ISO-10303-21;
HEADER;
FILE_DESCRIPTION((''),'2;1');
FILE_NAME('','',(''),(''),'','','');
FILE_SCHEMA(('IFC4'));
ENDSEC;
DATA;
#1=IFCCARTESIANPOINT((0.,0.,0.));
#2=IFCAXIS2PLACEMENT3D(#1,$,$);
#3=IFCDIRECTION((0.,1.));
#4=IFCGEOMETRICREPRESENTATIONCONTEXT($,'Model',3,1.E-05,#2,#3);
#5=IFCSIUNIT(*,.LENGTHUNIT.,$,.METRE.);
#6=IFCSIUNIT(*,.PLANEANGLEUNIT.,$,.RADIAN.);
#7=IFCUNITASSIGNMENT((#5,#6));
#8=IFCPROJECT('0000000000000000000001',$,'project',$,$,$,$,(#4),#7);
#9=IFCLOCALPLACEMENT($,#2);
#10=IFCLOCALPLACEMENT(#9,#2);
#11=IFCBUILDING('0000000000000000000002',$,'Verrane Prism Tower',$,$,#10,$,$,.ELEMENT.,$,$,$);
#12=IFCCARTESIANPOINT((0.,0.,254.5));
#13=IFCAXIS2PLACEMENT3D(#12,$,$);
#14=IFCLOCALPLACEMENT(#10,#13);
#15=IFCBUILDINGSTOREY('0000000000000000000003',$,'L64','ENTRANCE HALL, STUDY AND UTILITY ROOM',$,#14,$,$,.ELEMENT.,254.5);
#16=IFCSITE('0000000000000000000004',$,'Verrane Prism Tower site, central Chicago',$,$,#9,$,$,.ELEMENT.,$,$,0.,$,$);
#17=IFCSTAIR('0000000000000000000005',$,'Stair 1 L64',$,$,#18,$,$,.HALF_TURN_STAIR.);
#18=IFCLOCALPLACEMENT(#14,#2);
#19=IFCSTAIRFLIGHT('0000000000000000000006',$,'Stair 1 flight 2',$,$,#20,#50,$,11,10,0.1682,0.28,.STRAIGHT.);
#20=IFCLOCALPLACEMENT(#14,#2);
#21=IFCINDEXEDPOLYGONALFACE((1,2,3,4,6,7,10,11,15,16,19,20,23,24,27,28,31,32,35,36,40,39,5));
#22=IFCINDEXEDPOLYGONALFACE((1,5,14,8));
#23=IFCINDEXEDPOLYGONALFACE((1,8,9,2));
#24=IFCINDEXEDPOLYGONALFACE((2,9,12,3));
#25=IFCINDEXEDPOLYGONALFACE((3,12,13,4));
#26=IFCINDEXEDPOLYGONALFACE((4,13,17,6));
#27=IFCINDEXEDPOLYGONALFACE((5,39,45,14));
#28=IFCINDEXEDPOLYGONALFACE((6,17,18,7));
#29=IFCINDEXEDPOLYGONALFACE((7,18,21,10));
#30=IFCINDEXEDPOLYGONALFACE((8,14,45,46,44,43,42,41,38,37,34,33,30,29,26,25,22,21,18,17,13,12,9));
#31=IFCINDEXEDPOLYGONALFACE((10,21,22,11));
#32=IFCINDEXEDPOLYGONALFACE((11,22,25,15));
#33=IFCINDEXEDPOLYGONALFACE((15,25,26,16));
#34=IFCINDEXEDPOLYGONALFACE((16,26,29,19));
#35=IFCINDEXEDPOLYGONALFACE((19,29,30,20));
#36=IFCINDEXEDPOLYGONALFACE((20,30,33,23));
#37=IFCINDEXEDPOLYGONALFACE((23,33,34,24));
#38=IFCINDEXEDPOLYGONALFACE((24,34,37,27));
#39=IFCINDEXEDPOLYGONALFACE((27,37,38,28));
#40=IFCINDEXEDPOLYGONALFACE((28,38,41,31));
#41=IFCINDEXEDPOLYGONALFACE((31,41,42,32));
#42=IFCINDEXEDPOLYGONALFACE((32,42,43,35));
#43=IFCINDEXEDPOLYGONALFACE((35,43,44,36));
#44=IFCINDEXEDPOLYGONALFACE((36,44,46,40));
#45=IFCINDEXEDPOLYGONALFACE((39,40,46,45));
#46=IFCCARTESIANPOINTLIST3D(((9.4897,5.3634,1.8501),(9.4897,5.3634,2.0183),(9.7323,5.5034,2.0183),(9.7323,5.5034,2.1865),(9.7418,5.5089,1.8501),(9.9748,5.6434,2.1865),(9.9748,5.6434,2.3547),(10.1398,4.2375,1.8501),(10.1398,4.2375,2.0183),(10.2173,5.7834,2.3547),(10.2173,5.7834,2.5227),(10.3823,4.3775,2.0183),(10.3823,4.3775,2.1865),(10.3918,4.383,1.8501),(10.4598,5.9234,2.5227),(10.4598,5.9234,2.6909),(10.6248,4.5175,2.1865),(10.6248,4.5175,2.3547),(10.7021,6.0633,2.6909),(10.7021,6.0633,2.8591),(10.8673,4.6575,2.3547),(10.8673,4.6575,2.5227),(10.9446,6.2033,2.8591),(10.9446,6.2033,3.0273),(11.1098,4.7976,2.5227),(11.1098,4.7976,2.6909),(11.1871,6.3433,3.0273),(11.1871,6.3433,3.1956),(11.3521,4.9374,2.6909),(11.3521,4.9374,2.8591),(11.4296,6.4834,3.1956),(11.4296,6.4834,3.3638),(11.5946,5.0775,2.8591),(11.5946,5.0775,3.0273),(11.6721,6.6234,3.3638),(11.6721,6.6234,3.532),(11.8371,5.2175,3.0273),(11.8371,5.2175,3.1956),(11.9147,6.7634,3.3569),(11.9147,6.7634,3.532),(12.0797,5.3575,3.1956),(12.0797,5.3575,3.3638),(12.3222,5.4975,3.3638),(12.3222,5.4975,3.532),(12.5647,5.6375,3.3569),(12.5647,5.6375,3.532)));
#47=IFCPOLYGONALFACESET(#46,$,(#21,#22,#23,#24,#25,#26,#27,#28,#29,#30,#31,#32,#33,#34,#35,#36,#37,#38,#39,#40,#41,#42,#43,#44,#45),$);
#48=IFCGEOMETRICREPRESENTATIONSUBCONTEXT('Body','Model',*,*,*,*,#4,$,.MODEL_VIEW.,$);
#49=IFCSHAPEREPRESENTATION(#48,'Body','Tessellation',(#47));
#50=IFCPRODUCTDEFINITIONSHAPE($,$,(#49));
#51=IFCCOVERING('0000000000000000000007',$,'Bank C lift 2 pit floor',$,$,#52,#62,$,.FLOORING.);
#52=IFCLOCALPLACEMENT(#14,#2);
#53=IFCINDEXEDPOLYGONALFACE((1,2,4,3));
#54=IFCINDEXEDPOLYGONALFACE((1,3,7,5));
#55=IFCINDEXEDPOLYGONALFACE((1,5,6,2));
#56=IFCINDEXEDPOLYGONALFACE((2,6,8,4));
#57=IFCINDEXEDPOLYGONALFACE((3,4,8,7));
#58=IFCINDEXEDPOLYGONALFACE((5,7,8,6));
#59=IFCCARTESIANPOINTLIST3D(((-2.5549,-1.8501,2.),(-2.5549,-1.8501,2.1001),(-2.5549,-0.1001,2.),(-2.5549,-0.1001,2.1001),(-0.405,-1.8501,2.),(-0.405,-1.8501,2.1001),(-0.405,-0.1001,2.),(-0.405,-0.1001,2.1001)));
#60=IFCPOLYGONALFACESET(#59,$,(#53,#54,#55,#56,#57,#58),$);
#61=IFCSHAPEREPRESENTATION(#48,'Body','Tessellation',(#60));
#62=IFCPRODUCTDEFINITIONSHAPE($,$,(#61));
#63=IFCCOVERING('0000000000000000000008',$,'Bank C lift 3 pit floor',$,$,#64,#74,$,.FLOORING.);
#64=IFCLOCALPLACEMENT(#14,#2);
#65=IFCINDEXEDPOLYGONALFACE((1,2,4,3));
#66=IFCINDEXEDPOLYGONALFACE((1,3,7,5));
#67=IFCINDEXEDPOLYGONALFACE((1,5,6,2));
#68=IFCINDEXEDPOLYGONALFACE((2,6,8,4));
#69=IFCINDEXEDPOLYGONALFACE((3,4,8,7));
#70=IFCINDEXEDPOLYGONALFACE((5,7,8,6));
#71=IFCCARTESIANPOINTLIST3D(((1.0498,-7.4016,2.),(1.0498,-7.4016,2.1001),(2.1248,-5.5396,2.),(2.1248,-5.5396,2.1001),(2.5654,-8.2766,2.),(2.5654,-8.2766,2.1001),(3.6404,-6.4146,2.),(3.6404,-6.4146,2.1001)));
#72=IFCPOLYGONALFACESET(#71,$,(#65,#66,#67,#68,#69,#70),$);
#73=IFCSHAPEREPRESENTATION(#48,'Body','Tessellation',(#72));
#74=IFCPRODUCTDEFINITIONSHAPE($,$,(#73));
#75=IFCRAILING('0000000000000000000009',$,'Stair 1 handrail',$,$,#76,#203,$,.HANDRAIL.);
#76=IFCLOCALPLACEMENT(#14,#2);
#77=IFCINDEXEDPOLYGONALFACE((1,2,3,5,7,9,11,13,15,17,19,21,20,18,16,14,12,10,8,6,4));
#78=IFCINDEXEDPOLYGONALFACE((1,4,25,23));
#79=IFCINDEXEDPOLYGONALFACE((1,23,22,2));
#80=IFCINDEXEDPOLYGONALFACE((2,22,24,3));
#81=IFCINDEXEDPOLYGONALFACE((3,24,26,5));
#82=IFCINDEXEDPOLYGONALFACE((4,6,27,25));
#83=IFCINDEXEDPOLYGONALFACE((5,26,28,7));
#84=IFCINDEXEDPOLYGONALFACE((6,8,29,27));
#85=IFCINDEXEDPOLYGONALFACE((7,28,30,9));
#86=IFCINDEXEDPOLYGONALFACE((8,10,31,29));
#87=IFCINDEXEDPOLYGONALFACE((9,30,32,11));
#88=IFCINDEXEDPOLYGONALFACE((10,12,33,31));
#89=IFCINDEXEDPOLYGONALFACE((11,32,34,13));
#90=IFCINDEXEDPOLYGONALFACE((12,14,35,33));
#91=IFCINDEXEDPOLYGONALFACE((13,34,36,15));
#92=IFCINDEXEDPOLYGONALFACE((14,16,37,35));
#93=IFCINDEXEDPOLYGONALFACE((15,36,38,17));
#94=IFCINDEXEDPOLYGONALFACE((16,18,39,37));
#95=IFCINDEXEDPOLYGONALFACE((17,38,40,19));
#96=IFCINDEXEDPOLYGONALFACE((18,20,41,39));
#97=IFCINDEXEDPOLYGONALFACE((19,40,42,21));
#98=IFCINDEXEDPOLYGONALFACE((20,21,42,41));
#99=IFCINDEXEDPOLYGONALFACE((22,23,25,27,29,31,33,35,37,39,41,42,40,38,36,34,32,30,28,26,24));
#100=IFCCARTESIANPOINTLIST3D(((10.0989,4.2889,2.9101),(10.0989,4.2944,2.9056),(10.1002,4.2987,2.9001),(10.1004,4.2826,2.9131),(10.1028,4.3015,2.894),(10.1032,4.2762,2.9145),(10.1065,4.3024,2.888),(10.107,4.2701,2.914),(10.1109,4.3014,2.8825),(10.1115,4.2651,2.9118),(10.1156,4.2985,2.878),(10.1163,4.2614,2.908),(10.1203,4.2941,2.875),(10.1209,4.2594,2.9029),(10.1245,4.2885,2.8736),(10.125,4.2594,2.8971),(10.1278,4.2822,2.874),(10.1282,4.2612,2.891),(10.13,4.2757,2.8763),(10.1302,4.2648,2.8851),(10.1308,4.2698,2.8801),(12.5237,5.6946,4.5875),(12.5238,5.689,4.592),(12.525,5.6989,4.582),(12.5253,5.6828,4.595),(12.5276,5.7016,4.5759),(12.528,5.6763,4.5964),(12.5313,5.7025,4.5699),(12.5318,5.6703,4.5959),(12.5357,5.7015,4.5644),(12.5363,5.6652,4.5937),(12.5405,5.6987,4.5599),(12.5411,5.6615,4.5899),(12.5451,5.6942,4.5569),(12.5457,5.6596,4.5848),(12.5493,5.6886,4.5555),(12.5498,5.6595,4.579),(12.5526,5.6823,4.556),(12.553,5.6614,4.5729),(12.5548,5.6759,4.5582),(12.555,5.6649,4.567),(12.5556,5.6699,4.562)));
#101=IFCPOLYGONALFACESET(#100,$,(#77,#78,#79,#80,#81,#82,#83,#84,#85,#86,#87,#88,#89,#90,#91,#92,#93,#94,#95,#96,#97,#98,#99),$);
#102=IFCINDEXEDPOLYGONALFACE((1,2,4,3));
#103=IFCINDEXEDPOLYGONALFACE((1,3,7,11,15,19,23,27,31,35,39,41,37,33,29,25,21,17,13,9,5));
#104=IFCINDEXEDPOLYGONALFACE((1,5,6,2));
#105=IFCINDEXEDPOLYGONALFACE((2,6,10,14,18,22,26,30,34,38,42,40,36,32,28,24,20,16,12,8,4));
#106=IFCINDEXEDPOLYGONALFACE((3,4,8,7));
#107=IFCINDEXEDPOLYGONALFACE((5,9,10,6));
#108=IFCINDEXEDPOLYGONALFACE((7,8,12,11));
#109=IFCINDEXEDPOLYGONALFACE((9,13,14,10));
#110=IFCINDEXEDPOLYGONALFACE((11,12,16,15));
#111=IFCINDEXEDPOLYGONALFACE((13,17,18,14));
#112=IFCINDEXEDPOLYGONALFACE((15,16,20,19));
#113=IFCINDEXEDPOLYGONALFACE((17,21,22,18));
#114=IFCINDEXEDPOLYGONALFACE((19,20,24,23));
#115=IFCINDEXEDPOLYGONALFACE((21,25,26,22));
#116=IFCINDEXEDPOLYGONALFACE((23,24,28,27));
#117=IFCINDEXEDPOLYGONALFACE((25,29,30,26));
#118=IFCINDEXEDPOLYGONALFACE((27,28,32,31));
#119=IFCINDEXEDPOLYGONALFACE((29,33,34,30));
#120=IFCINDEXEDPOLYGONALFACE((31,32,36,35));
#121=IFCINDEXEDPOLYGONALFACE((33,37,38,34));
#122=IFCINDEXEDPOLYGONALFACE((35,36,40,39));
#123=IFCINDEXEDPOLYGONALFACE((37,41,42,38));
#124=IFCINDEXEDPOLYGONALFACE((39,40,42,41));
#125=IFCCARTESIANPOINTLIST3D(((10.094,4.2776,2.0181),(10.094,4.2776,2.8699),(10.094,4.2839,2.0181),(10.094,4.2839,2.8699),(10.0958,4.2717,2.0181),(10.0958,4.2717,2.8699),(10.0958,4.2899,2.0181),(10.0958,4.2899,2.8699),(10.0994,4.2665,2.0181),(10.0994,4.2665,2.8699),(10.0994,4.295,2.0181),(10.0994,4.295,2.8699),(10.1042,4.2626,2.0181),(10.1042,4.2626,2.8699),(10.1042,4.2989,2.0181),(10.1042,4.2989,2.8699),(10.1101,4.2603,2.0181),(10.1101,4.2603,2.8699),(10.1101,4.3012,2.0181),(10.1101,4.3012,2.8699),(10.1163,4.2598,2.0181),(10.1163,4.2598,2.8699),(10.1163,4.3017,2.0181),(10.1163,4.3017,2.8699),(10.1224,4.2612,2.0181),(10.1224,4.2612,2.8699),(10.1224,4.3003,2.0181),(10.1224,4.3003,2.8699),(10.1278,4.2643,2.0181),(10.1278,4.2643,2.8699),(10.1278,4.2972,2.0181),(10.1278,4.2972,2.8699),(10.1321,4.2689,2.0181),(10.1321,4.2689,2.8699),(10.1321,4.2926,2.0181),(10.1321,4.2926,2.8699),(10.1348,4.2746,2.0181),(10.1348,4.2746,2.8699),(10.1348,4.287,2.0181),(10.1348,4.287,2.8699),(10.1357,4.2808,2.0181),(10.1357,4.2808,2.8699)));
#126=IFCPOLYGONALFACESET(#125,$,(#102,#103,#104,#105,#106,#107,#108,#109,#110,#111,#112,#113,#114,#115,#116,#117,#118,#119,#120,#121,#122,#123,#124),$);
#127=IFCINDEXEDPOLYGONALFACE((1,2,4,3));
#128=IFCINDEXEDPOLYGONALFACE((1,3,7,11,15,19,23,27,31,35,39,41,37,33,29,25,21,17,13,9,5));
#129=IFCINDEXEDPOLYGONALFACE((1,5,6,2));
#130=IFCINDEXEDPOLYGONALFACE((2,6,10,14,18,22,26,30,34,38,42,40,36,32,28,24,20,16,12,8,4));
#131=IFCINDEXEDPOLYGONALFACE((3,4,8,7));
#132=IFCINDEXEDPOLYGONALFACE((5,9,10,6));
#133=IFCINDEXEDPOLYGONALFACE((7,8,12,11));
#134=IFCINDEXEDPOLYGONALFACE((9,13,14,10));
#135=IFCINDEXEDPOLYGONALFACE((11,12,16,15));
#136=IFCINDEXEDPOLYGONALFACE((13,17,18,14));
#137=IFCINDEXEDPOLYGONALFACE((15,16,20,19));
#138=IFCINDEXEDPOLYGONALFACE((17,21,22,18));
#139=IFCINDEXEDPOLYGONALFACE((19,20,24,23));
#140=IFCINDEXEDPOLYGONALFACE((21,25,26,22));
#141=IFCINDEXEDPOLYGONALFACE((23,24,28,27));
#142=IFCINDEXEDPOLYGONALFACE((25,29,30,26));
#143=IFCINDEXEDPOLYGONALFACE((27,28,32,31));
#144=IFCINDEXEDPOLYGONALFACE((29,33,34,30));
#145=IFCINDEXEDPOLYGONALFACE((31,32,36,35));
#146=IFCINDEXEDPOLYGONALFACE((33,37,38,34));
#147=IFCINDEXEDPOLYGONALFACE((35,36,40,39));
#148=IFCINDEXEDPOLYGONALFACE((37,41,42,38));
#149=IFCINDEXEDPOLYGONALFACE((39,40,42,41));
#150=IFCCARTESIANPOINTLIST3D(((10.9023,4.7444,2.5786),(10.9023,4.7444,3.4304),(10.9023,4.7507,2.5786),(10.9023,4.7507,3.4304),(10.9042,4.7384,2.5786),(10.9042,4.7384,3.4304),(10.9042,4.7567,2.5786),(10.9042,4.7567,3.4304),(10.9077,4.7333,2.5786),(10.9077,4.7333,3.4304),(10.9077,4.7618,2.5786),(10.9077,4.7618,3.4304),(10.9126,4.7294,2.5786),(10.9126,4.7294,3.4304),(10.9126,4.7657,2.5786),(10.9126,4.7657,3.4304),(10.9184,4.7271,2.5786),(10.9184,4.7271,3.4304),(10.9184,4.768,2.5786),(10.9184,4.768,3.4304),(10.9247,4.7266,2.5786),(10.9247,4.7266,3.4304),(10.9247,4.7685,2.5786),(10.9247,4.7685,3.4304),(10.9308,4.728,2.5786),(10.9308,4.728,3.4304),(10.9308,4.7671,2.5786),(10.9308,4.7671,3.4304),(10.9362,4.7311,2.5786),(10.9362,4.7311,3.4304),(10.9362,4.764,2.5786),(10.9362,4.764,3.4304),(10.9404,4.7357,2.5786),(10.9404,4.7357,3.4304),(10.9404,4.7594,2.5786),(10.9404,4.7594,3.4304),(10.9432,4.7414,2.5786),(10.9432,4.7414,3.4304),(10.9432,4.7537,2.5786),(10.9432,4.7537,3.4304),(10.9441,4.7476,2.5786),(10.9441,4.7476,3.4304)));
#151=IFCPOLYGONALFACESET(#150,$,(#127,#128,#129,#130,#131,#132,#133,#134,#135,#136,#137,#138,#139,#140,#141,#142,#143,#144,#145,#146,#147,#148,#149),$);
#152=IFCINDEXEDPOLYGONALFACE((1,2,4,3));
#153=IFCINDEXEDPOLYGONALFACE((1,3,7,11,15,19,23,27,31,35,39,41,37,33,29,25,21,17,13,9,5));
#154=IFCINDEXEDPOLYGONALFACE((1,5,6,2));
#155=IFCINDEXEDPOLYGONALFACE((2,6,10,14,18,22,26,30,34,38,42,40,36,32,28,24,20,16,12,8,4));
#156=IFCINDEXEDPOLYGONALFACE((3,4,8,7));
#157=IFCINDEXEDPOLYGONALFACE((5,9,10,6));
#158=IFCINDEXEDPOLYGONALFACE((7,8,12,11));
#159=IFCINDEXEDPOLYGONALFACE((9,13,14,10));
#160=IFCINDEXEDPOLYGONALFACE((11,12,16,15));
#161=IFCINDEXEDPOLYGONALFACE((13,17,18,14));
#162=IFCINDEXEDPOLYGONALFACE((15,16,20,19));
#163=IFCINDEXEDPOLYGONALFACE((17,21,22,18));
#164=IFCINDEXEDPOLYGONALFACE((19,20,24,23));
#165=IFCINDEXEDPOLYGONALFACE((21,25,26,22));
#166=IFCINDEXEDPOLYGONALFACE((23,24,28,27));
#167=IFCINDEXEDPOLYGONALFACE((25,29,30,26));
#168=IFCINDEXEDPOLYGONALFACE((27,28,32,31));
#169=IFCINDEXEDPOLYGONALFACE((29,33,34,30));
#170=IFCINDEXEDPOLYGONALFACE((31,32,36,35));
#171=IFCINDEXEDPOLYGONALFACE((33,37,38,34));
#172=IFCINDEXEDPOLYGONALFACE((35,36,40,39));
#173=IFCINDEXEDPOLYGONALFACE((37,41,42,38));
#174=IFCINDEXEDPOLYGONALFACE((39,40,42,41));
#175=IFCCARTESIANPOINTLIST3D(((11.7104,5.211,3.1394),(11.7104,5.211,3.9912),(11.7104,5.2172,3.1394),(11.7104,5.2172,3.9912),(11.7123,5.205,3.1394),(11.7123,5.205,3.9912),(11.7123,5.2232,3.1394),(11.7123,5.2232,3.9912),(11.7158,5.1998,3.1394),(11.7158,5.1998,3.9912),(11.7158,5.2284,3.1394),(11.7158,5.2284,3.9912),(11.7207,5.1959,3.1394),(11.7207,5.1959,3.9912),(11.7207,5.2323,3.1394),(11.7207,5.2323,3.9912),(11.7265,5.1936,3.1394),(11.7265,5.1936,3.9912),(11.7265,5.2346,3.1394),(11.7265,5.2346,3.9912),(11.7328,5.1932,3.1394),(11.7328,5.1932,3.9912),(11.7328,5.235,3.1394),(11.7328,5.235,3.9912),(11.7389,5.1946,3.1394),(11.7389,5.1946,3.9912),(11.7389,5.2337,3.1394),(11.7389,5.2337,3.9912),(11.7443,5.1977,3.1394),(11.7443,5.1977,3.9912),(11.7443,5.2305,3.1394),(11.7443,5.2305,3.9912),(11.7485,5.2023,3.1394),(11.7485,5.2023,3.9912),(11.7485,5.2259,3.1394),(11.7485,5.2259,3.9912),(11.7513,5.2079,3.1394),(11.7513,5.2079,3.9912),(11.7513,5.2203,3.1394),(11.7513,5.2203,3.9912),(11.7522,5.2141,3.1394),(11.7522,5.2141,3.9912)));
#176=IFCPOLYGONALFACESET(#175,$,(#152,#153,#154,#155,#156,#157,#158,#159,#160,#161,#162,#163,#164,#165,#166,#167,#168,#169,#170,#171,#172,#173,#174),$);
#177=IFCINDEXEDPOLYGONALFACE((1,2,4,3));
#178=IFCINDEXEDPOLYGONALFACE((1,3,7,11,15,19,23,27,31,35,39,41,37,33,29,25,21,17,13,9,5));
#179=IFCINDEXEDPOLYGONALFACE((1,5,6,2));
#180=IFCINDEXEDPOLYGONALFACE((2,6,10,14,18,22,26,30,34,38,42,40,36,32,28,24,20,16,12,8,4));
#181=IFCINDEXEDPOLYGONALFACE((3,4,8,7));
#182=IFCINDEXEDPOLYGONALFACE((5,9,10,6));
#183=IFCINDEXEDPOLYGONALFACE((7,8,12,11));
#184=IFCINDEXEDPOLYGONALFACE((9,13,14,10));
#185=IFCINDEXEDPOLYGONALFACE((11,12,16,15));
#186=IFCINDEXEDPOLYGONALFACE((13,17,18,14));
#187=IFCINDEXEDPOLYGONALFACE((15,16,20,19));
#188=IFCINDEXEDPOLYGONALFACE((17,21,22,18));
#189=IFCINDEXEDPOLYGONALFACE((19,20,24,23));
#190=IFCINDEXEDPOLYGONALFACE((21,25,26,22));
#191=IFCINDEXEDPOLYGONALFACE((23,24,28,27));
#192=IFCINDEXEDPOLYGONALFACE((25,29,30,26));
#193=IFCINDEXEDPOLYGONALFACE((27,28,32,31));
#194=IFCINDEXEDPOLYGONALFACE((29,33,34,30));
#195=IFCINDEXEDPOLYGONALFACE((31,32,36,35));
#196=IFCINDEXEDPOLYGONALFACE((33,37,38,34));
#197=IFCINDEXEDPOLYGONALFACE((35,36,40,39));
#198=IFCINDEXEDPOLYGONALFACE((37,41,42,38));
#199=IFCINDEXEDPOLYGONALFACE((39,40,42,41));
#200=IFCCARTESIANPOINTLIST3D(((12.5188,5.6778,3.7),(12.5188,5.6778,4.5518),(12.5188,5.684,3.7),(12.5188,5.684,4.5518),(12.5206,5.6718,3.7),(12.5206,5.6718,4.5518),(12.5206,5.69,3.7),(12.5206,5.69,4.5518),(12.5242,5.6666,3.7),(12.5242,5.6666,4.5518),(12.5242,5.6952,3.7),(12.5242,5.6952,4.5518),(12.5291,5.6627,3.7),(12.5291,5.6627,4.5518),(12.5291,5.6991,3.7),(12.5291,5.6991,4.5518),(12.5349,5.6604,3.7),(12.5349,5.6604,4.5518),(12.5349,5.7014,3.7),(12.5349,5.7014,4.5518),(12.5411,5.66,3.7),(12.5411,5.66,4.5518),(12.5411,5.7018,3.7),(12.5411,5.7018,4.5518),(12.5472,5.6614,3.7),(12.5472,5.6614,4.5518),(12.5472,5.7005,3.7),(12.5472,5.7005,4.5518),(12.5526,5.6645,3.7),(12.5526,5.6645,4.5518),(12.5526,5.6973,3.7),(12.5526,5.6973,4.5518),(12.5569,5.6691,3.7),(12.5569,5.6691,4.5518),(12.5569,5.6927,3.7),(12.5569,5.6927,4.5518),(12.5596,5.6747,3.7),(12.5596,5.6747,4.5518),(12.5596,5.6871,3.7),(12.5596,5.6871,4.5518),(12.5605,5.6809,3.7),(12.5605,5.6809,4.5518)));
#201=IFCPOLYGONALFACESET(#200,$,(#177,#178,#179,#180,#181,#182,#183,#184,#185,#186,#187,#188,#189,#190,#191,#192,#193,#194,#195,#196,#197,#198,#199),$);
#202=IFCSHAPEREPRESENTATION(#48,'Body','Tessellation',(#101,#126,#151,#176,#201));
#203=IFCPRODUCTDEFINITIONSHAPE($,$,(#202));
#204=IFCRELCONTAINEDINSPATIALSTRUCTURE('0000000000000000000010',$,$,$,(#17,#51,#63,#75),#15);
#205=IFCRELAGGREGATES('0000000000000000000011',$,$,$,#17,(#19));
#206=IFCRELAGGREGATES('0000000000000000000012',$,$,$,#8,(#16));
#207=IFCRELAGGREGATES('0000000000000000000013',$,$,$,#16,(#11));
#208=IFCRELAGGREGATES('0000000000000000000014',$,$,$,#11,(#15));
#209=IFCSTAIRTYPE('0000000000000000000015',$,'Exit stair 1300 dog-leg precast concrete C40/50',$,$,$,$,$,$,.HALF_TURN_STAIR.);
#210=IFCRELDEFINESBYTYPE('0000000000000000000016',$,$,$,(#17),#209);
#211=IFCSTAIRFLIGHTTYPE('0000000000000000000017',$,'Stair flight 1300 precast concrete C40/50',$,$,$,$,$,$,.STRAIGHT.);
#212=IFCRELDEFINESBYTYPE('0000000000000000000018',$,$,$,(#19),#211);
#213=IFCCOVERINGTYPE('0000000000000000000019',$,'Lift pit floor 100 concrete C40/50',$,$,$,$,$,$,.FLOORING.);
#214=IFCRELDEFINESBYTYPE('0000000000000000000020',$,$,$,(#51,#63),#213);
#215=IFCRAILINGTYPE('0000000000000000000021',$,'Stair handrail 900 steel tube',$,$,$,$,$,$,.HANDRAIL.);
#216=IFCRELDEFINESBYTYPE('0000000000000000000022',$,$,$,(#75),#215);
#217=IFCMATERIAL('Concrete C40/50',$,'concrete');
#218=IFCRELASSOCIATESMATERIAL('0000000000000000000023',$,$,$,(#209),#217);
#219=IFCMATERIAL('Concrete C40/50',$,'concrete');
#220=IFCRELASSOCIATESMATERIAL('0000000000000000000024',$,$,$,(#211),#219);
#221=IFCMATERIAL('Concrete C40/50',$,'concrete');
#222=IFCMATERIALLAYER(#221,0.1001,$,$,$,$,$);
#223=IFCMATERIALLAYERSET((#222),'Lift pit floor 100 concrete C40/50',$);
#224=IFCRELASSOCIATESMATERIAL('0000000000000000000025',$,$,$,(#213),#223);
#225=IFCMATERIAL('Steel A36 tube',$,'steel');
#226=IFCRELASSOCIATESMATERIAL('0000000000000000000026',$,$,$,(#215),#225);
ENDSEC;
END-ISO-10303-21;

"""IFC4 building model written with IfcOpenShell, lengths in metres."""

from ifc_helpers import new_model, si_unit, direction, frame, origin, origin_2d, place, context, subcontext, project, spatial, polyline, circle, outline, extrude, material, layer, layer_set, type_object, element, aggregate, save


model = new_model("IFC4")

# Units and contexts
model_context = context("Model", 3, precision=1e-05, world=origin(), true_north=direction((0.0, 1.0)))
body_context = subcontext(model_context, "Body", "Model", "MODEL_VIEW")
ifc_project = project(units=[si_unit("LENGTHUNIT", "METRE"), si_unit("PLANEANGLEUNIT", "RADIAN")], contexts=[model_context])

# Site, building, storey
site_placement = place(None, origin())
site = spatial("IfcSite", under=ifc_project, at=site_placement, Name="Verrane Prism Tower site, central Chicago", CompositionType="ELEMENT", RefElevation=0.0)
building_placement = place(site_placement, origin())
building = spatial("IfcBuilding", under=site, at=building_placement, Name="Verrane Prism Tower", CompositionType="ELEMENT")
storey_placement = place(building_placement, frame((0.0, 0.0, 254.5)))
storey = spatial("IfcBuildingStorey", under=building, at=storey_placement, Name="L64", Description="ENTRANCE HALL, STUDY AND UTILITY ROOM", CompositionType="ELEMENT", Elevation=254.5)

# Stair, stair flight
ifc_material_1 = material(Name="Concrete C40/50", Category="concrete")
stair_type = type_object("IfcStairType", Name="Exit stair 1300 dog-leg precast concrete C40/50", PredefinedType="HALF_TURN_STAIR", material=ifc_material_1)
stair_placement = place(storey_placement, origin())
stair = element("IfcStair", 1, at=stair_placement, inside=storey, type_object=stair_type, Name="Stair 1 L64", PredefinedType="HALF_TURN_STAIR")
ifc_material_2 = material(Name="Concrete C40/50", Category="concrete")
stair_flight_type = type_object("IfcStairFlightType", Name="Stair flight 1300 precast concrete C40/50", PredefinedType="STRAIGHT", material=ifc_material_2)
stair_flight_placement = place(storey_placement, frame((9.8147, 4.8005, 1.8501), z_axis=(0.0, 0.0, 1.0), x_axis=(0.866025, 0.5, 0.0)))
stair_flight = element("IfcStairFlight", 2, at=stair_flight_placement, type_object=stair_flight_type, Name="Stair 1 flight 2", NumberOfRisers=11, NumberOfTreads=10, PredefinedType="STRAIGHT", RiserHeight=0.1682, TreadLength=0.28, context=body_context, shape_type="SweptSolid", body=[
    extrude(outline(polyline([(0.0, 0.0), (0.0, 0.1682), (0.28, 0.1682), (0.28, 0.3364), (0.5601, 0.3364), (0.5601, 0.5046), (0.8401, 0.5046), (0.8401, 0.6726), (1.1201, 0.6726), (1.1201, 0.8408), (1.3999, 0.8408), (1.3999, 1.009), (1.6799, 1.009), (1.6799, 1.1772), (1.96, 1.1772), (1.96, 1.3455), (2.24, 1.3455), (2.24, 1.5137), (2.52, 1.5137), (2.52, 1.6819), (2.8, 1.6819), (2.8, 1.8501), (2.8, 1.5068), (0.291, 0.0), (0.0, 0.0)])), frame((0.0, 0.6499, 0.0), z_axis=(0.0, -1.0, 0.0), x_axis=(1.0, 0.0, 0.0)), (0.0, 0.0, 1.0), 1.3),
])
aggregate(stair, [stair_flight])

# Coverings
ifc_material_3 = material(Name="Concrete C40/50", Category="concrete")
ifc_layer_1 = layer(ifc_material_3, 0.1001)
ifc_layer_set_1 = layer_set([ifc_layer_1], Name="Lift pit floor 100 concrete C40/50")
covering_type = type_object("IfcCoveringType", Name="Lift pit floor 100 concrete C40/50", PredefinedType="FLOORING", material=ifc_layer_set_1)
covering_1_placement = place(storey_placement, frame((0.0, 0.0, 2.0)))
element("IfcCovering", 3, at=covering_1_placement, inside=storey, type_object=covering_type, Name="Bank C lift 2 pit floor", PredefinedType="FLOORING", context=body_context, shape_type="SweptSolid", body=[
    extrude(outline(polyline([(-2.5549, -1.8501), (-2.5549, -0.1001), (-0.405, -0.1001), (-0.405, -1.8501), (-2.5549, -1.8501)])), origin(), (0.0, 0.0, 1.0), 0.1001),
])
covering_2_placement = place(storey_placement, frame((0.0, 0.0, 2.0)))
element("IfcCovering", 4, at=covering_2_placement, inside=storey, type_object=covering_type, Name="Bank C lift 3 pit floor", PredefinedType="FLOORING", context=body_context, shape_type="SweptSolid", body=[
    extrude(outline(polyline([(2.1248, -5.5396), (3.6404, -6.4146), (2.5654, -8.2766), (1.0498, -7.4016), (2.1248, -5.5396)])), origin(), (0.0, 0.0, 1.0), 0.1001),
])

# Railing
ifc_material_4 = material(Name="Steel A36 tube", Category="steel")
railing_type = type_object("IfcRailingType", Name="Stair handrail 900 steel tube", PredefinedType="HANDRAIL", material=ifc_material_4)
railing_placement = place(storey_placement, frame((10.1147, 4.2808, 2.0181)))
element("IfcRailing", 5, at=railing_placement, inside=storey, type_object=railing_type, Name="Stair 1 handrail", PredefinedType="HANDRAIL", context=body_context, shape_type="SweptSolid", body=[
    extrude(circle(Radius=0.0239, at=origin_2d()), frame((0.0, 0.0, 0.876), z_axis=(0.742367, 0.428662, 0.514918), x_axis=(-0.50005, 0.865997, 0.0)), (0.0, 0.0, 1.0), 3.2664),
    extrude(circle(Radius=0.021, at=origin_2d()), origin(), (0.0, 0.0, 1.0), 0.8518),
    extrude(circle(Radius=0.021, at=origin_2d()), frame((0.8083, 0.4668, 0.5605)), (0.0, 0.0, 1.0), 0.8518),
    extrude(circle(Radius=0.021, at=origin_2d()), frame((1.6165, 0.9333, 1.1213)), (0.0, 0.0, 1.0), 0.8518),
    extrude(circle(Radius=0.021, at=origin_2d()), frame((2.4248, 1.4001, 1.6819)), (0.0, 0.0, 1.0), 0.8518),
])

save(model, "model.ifc")
